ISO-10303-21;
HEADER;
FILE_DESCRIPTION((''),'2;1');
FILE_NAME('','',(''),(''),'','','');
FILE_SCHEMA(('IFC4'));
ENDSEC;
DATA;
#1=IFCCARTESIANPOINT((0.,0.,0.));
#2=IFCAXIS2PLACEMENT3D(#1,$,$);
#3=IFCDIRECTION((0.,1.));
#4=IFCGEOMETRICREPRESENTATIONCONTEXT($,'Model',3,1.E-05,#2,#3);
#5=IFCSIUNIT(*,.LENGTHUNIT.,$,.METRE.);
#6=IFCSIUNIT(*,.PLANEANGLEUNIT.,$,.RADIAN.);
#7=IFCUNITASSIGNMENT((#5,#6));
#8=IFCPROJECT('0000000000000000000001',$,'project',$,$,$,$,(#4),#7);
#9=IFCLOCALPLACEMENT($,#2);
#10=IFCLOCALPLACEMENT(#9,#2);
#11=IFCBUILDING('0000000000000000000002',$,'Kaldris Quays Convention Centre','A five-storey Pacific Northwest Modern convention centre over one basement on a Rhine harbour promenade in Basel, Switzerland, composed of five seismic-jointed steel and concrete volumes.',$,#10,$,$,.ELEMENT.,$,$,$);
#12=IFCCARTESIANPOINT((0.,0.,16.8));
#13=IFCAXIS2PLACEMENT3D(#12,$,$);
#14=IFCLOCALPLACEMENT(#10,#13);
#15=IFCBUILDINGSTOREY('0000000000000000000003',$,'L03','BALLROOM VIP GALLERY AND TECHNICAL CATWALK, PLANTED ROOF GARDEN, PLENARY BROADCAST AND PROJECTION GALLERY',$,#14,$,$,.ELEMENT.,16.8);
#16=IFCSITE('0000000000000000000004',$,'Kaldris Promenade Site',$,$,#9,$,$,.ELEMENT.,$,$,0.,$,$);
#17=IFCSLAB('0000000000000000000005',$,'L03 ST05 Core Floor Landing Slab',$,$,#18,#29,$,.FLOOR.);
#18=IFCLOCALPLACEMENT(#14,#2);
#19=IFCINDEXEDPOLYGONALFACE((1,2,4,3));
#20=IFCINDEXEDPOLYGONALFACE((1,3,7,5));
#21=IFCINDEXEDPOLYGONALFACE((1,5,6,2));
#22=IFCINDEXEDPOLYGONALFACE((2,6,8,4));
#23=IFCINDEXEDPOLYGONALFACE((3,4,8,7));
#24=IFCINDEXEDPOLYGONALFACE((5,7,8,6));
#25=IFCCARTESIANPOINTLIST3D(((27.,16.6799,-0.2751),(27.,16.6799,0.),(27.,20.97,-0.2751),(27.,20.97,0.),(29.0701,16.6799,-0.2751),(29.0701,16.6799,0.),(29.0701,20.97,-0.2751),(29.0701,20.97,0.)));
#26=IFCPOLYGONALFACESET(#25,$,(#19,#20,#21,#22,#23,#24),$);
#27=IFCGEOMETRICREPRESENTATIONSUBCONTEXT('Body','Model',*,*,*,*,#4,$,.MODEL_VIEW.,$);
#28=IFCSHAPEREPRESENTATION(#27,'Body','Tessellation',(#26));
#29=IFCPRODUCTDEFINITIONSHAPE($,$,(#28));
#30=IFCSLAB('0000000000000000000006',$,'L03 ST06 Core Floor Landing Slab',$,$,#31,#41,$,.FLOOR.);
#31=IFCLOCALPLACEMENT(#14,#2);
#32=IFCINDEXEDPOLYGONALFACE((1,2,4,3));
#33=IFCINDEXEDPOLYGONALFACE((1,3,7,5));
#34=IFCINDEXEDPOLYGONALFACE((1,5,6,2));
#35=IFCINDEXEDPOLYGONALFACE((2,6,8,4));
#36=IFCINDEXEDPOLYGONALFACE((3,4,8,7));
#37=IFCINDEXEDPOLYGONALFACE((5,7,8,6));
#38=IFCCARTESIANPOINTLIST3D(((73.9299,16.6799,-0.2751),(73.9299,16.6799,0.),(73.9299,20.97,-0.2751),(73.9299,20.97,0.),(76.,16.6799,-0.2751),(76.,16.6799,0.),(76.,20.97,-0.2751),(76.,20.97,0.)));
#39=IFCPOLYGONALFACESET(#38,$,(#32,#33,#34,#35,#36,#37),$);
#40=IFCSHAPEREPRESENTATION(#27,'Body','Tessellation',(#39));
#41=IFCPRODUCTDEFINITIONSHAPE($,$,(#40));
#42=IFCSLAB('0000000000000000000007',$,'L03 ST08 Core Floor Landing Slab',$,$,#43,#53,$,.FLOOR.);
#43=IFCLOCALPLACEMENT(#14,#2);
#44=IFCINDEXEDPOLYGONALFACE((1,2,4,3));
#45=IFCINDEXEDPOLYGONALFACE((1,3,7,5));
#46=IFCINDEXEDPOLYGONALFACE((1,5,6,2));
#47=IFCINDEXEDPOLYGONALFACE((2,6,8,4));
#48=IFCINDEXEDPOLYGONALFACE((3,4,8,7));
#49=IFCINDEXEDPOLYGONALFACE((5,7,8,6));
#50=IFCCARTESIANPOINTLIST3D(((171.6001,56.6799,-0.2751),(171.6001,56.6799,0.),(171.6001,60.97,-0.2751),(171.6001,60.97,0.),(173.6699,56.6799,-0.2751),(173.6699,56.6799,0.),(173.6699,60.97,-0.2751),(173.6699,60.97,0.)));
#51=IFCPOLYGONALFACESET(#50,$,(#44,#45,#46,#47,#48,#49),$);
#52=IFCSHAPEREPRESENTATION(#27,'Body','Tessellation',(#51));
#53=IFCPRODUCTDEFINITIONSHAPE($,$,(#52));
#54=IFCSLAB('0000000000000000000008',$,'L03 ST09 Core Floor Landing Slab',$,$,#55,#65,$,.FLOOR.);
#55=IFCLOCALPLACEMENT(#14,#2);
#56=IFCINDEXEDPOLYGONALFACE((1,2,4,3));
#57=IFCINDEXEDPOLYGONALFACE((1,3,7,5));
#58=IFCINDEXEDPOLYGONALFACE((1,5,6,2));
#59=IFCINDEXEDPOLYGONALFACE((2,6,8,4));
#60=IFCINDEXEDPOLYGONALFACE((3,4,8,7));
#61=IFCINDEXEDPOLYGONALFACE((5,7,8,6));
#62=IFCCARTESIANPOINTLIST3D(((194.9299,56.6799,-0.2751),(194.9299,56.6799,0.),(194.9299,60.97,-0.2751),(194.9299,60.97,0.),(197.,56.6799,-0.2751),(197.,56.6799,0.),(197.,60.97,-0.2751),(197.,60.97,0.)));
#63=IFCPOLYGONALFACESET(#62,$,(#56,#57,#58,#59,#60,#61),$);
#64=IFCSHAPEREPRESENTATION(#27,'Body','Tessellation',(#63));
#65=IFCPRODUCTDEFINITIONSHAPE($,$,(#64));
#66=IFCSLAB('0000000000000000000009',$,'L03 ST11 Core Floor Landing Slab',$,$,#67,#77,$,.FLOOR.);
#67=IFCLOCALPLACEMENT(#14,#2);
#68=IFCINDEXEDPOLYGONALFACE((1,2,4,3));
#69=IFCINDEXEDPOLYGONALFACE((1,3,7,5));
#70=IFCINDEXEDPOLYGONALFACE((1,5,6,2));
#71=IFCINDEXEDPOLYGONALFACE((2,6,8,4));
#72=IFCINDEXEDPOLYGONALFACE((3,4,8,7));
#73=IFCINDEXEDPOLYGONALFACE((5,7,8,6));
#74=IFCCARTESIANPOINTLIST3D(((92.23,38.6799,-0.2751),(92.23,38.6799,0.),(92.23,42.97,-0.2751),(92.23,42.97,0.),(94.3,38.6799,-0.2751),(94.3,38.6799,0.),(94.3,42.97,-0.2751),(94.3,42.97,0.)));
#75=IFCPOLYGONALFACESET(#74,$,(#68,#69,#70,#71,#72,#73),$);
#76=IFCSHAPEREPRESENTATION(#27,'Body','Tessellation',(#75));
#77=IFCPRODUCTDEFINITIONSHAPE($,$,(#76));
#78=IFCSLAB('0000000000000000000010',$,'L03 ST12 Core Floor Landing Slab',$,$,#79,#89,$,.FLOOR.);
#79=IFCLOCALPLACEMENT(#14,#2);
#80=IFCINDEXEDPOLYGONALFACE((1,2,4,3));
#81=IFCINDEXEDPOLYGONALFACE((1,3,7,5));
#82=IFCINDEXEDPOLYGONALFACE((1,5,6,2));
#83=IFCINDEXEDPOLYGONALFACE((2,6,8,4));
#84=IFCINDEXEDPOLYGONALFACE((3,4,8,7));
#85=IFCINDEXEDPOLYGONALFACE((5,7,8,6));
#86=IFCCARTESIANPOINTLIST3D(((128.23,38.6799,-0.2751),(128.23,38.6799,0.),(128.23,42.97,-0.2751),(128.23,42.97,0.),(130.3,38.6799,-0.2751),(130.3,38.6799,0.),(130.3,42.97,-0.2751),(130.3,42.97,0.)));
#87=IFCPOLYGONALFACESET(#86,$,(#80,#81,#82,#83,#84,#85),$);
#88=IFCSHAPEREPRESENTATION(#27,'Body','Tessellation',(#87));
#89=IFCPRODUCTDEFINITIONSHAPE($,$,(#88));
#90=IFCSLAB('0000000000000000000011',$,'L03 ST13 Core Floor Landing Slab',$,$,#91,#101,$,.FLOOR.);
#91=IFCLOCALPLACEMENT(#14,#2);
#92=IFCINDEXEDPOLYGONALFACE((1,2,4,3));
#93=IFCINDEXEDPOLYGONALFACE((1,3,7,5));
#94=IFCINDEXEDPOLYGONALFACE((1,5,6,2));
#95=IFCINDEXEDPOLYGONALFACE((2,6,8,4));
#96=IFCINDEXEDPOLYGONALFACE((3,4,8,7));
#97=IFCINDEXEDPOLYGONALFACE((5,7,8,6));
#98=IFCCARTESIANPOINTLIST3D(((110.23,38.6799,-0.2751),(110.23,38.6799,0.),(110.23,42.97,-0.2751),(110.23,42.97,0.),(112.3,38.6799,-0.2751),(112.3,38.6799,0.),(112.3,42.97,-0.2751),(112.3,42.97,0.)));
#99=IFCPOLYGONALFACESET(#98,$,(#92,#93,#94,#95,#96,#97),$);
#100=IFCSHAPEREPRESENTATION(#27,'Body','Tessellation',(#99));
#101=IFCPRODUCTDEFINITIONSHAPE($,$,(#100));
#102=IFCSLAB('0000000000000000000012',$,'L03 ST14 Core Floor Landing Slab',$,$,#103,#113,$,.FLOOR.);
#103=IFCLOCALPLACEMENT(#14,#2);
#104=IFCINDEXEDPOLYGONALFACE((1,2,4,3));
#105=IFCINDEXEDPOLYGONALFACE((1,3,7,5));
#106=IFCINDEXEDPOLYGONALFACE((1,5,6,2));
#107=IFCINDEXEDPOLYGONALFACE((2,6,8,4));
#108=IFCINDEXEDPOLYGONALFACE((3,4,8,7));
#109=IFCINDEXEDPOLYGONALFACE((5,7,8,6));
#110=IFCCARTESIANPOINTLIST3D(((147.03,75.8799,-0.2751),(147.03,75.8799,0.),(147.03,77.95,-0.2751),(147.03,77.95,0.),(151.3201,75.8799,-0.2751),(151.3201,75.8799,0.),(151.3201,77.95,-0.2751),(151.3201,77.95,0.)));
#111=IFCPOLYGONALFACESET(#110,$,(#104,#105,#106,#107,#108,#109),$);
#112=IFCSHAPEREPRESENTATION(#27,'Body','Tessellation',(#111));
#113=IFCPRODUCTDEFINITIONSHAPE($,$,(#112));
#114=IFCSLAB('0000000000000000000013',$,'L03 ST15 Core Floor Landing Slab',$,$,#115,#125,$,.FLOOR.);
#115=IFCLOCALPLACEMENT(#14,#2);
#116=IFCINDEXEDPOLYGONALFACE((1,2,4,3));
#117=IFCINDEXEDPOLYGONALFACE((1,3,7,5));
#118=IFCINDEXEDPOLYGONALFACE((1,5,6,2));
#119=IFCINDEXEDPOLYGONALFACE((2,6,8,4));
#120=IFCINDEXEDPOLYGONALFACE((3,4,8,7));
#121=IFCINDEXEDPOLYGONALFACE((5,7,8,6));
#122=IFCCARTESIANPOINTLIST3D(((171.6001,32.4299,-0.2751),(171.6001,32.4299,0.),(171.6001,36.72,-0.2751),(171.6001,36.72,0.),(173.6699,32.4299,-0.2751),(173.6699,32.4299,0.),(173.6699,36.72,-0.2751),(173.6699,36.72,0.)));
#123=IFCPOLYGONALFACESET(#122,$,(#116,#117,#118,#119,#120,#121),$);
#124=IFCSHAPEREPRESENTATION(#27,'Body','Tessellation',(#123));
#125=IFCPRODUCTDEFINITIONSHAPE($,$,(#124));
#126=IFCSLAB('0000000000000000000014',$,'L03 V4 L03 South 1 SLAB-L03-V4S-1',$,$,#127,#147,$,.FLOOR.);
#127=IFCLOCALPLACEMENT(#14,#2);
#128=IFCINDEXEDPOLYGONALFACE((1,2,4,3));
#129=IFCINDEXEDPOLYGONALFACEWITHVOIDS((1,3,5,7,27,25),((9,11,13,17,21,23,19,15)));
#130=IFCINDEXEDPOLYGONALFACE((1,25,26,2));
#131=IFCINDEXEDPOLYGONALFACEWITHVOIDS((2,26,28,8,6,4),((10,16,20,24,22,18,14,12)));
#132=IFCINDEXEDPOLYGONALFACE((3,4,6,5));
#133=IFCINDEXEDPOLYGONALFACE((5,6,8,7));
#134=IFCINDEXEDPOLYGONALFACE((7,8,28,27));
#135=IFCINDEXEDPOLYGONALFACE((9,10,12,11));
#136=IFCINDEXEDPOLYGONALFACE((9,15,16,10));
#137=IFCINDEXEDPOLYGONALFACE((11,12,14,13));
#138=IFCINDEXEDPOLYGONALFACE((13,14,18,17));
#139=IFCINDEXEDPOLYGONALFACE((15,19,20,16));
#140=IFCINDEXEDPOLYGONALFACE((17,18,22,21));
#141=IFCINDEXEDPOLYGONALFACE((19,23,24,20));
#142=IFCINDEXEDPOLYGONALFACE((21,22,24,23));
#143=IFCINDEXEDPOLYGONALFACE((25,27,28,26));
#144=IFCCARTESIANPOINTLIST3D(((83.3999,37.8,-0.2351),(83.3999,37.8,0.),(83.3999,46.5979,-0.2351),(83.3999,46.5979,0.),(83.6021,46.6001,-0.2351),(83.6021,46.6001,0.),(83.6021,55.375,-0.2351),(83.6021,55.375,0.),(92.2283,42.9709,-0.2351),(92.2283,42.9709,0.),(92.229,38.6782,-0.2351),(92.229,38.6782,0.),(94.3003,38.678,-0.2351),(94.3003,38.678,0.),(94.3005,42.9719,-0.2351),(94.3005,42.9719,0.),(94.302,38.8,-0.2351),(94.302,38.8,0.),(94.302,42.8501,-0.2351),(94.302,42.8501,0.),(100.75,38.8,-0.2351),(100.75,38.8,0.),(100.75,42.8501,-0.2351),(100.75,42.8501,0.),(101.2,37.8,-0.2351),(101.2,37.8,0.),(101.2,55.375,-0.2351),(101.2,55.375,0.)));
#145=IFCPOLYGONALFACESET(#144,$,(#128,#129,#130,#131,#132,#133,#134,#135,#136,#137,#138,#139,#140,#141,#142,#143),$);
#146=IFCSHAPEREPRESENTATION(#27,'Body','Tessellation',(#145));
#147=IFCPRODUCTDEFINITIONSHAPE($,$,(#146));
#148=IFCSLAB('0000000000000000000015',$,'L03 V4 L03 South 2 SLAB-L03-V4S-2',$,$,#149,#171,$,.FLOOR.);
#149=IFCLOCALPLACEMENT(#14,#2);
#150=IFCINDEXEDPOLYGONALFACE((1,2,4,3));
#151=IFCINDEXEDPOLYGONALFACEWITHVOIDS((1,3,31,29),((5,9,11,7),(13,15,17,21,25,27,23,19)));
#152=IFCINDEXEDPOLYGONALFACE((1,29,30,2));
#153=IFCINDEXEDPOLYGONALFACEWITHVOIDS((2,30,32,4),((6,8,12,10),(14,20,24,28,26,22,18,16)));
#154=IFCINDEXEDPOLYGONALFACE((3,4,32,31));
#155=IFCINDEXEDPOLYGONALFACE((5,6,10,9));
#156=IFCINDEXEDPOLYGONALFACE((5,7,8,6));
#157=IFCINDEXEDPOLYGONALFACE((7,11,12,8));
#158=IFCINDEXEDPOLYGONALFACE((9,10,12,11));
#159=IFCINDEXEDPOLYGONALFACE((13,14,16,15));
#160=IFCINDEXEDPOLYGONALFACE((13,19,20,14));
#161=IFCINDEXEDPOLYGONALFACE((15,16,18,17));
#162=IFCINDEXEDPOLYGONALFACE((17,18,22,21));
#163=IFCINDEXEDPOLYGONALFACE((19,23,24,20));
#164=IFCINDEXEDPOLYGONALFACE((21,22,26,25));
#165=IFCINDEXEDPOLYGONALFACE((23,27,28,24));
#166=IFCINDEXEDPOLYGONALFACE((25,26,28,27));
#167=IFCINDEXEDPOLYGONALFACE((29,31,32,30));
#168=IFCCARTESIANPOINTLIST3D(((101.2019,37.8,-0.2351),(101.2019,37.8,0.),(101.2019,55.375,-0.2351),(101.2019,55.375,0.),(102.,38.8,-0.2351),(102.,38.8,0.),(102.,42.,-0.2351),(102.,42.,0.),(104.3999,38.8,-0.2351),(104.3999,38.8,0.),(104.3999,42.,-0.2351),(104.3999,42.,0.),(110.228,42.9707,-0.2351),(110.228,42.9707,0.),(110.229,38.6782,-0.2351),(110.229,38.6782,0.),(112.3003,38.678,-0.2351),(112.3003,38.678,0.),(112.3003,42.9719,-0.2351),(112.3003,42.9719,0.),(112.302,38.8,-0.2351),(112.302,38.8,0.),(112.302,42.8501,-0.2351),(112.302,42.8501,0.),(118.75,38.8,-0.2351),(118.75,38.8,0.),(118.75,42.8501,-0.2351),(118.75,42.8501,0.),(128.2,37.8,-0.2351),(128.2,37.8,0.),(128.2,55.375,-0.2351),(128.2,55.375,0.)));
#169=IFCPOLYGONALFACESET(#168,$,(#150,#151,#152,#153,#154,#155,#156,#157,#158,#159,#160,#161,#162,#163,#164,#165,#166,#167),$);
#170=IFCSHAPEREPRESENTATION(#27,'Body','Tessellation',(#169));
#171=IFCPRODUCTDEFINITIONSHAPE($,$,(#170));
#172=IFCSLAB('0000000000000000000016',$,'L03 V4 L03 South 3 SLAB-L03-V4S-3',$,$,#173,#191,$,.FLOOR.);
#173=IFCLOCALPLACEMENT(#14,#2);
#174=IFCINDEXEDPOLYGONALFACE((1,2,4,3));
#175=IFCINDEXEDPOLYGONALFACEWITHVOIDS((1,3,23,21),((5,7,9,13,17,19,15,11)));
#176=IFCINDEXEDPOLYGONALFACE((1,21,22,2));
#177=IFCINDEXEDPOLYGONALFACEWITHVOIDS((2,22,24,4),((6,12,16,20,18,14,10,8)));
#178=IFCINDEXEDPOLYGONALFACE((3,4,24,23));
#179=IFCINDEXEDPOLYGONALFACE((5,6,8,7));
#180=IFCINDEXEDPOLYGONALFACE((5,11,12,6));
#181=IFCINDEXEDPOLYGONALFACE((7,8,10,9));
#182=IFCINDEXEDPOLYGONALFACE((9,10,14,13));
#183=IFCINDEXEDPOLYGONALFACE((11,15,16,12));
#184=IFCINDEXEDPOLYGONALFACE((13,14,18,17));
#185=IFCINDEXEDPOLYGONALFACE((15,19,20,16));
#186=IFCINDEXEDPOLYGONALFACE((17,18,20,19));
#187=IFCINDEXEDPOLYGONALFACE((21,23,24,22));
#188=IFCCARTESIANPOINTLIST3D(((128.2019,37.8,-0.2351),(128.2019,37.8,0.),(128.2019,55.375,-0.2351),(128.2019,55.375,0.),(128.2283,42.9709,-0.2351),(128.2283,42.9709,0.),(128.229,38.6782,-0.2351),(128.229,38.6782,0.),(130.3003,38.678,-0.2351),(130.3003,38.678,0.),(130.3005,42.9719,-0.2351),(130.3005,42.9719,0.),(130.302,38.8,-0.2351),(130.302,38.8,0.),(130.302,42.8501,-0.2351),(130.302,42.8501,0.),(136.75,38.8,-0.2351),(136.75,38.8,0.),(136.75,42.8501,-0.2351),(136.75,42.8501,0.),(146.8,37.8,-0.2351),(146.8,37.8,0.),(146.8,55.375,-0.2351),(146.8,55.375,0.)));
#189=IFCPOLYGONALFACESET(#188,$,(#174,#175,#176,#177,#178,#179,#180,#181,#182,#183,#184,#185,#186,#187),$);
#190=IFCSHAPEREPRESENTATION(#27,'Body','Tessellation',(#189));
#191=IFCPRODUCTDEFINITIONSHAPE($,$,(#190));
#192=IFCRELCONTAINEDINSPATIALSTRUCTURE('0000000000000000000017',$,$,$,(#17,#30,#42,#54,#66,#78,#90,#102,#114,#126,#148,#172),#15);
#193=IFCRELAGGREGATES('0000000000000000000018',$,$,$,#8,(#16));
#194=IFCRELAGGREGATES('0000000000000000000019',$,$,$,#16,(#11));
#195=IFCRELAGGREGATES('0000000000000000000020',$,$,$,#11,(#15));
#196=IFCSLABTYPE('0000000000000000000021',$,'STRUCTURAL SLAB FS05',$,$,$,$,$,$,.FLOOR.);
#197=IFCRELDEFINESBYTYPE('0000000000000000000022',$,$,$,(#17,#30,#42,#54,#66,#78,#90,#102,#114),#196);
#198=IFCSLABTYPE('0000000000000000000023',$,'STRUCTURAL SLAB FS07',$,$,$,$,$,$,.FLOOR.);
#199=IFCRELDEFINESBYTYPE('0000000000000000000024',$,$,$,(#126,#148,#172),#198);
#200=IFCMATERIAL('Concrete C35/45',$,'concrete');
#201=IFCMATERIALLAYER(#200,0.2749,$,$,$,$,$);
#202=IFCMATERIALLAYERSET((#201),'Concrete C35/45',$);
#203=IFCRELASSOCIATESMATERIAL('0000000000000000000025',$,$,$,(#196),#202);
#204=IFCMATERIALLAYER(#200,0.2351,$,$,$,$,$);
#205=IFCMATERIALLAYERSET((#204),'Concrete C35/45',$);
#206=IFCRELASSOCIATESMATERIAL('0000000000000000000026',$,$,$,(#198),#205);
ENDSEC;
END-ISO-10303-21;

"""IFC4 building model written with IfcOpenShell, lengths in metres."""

from ifc_helpers import new_model, si_unit, direction, frame, origin, place, context, subcontext, project, spatial, polyline, outline, extrude, material, layer, layer_set, type_object, element, save


model = new_model("IFC4")

# Units and contexts
model_context = context("Model", 3, precision=1e-05, world=origin(), true_north=direction((0.0, 1.0)))
body_context = subcontext(model_context, "Body", "Model", "MODEL_VIEW")
ifc_project = project(units=[si_unit("LENGTHUNIT", "METRE"), si_unit("PLANEANGLEUNIT", "RADIAN")], contexts=[model_context])

# Site, building, storey
site_placement = place(None, origin())
site = spatial("IfcSite", under=ifc_project, at=site_placement, Name="Kaldris Promenade Site", CompositionType="ELEMENT", RefElevation=0.0)
building_placement = place(site_placement, origin())
building = spatial("IfcBuilding", under=site, at=building_placement, Name="Kaldris Quays Convention Centre", Description="A five-storey Pacific Northwest Modern convention centre over one basement on a Rhine harbour promenade in Basel, Switzerland, composed of five seismic-jointed steel and concrete volumes.", CompositionType="ELEMENT")
storey_placement = place(building_placement, frame((0.0, 0.0, 16.8)))
storey = spatial("IfcBuildingStorey", under=building, at=storey_placement, Name="L03", Description="BALLROOM VIP GALLERY AND TECHNICAL CATWALK, PLANTED ROOF GARDEN, PLENARY BROADCAST AND PROJECTION GALLERY", CompositionType="ELEMENT", Elevation=16.8)

# Slabs
ifc_material_1 = material(Name="Concrete C35/45", Category="concrete")
ifc_layer_1 = layer(ifc_material_1, 0.2749)
ifc_layer_set_1 = layer_set([ifc_layer_1], Name="Concrete C35/45")
slab_type_1 = type_object("IfcSlabType", Name="STRUCTURAL SLAB FS05", PredefinedType="FLOOR", material=ifc_layer_set_1)
slab_1_placement = place(storey_placement, frame((0.0, 0.0, -0.2751)))
element("IfcSlab", 1, at=slab_1_placement, inside=storey, type_object=slab_type_1, Name="L03 ST05 Core Floor Landing Slab", PredefinedType="FLOOR", context=body_context, shape_type="SweptSolid", body=[
    extrude(outline(polyline([(29.0701, 20.97), (27.0, 20.97), (27.0, 16.6799), (29.0701, 16.6799), (29.0701, 20.97)])), origin(), (0.0, 0.0, 1.0), 0.2751),
])
slab_2_placement = place(storey_placement, frame((0.0, 0.0, -0.2751)))
element("IfcSlab", 2, at=slab_2_placement, inside=storey, type_object=slab_type_1, Name="L03 ST06 Core Floor Landing Slab", PredefinedType="FLOOR", context=body_context, shape_type="SweptSolid", body=[
    extrude(outline(polyline([(73.9299, 16.6799), (76.0, 16.6799), (76.0, 20.97), (73.9299, 20.97), (73.9299, 16.6799)])), origin(), (0.0, 0.0, 1.0), 0.2751),
])
slab_3_placement = place(storey_placement, frame((0.0, 0.0, -0.2751)))
element("IfcSlab", 3, at=slab_3_placement, inside=storey, type_object=slab_type_1, Name="L03 ST08 Core Floor Landing Slab", PredefinedType="FLOOR", context=body_context, shape_type="SweptSolid", body=[
    extrude(outline(polyline([(173.6699, 60.97), (171.6001, 60.97), (171.6001, 56.6799), (173.6699, 56.6799), (173.6699, 60.97)])), origin(), (0.0, 0.0, 1.0), 0.2751),
])
slab_4_placement = place(storey_placement, frame((0.0, 0.0, -0.2751)))
element("IfcSlab", 4, at=slab_4_placement, inside=storey, type_object=slab_type_1, Name="L03 ST09 Core Floor Landing Slab", PredefinedType="FLOOR", context=body_context, shape_type="SweptSolid", body=[
    extrude(outline(polyline([(194.9299, 56.6799), (197.0, 56.6799), (197.0, 60.97), (194.9299, 60.97), (194.9299, 56.6799)])), origin(), (0.0, 0.0, 1.0), 0.2751),
])
slab_5_placement = place(storey_placement, frame((0.0, 0.0, -0.2751)))
element("IfcSlab", 5, at=slab_5_placement, inside=storey, type_object=slab_type_1, Name="L03 ST11 Core Floor Landing Slab", PredefinedType="FLOOR", context=body_context, shape_type="SweptSolid", body=[
    extrude(outline(polyline([(92.23, 38.6799), (94.3, 38.6799), (94.3, 42.97), (92.23, 42.97), (92.23, 38.6799)])), origin(), (0.0, 0.0, 1.0), 0.2751),
])
slab_6_placement = place(storey_placement, frame((0.0, 0.0, -0.2751)))
element("IfcSlab", 6, at=slab_6_placement, inside=storey, type_object=slab_type_1, Name="L03 ST12 Core Floor Landing Slab", PredefinedType="FLOOR", context=body_context, shape_type="SweptSolid", body=[
    extrude(outline(polyline([(128.23, 38.6799), (130.3, 38.6799), (130.3, 42.97), (128.23, 42.97), (128.23, 38.6799)])), origin(), (0.0, 0.0, 1.0), 0.2751),
])
slab_7_placement = place(storey_placement, frame((0.0, 0.0, -0.2751)))
element("IfcSlab", 7, at=slab_7_placement, inside=storey, type_object=slab_type_1, Name="L03 ST13 Core Floor Landing Slab", PredefinedType="FLOOR", context=body_context, shape_type="SweptSolid", body=[
    extrude(outline(polyline([(110.23, 38.6799), (112.3, 38.6799), (112.3, 42.97), (110.23, 42.97), (110.23, 38.6799)])), origin(), (0.0, 0.0, 1.0), 0.2751),
])
slab_8_placement = place(storey_placement, frame((0.0, 0.0, -0.2751)))
element("IfcSlab", 8, at=slab_8_placement, inside=storey, type_object=slab_type_1, Name="L03 ST14 Core Floor Landing Slab", PredefinedType="FLOOR", context=body_context, shape_type="SweptSolid", body=[
    extrude(outline(polyline([(151.3201, 75.8799), (151.3201, 77.95), (147.03, 77.95), (147.03, 75.8799), (151.3201, 75.8799)])), origin(), (0.0, 0.0, 1.0), 0.2751),
])
slab_9_placement = place(storey_placement, frame((0.0, 0.0, -0.2751)))
element("IfcSlab", 9, at=slab_9_placement, inside=storey, type_object=slab_type_1, Name="L03 ST15 Core Floor Landing Slab", PredefinedType="FLOOR", context=body_context, shape_type="SweptSolid", body=[
    extrude(outline(polyline([(173.6699, 36.72), (171.6001, 36.72), (171.6001, 32.4299), (173.6699, 32.4299), (173.6699, 36.72)])), origin(), (0.0, 0.0, 1.0), 0.2751),
])
ifc_layer_2 = layer(ifc_material_1, 0.2351)
ifc_layer_set_2 = layer_set([ifc_layer_2], Name="Concrete C35/45")
slab_type_2 = type_object("IfcSlabType", Name="STRUCTURAL SLAB FS07", PredefinedType="FLOOR", material=ifc_layer_set_2)
slab_10_placement = place(storey_placement, frame((0.0, 0.0, -0.2351)))
element("IfcSlab", 10, at=slab_10_placement, inside=storey, type_object=slab_type_2, Name="L03 V4 L03 South 1 SLAB-L03-V4S-1", PredefinedType="FLOOR", context=body_context, shape_type="SweptSolid", body=[
    extrude(outline(polyline([(101.2, 55.375), (101.2, 37.8), (83.3999, 37.8), (83.3999, 46.5979), (83.6021, 46.6001), (83.6021, 55.375), (101.2, 55.375)]), holes=[polyline([(94.3005, 42.9719), (92.2283, 42.9709), (92.229, 38.6782), (94.3003, 38.678), (94.302, 38.8), (100.75, 38.8), (100.75, 42.8501), (94.302, 42.8501), (94.3005, 42.9719)])]), origin(), (0.0, 0.0, 1.0), 0.2351),
])
slab_11_placement = place(storey_placement, frame((0.0, 0.0, -0.2351)))
element("IfcSlab", 11, at=slab_11_placement, inside=storey, type_object=slab_type_2, Name="L03 V4 L03 South 2 SLAB-L03-V4S-2", PredefinedType="FLOOR", context=body_context, shape_type="SweptSolid", body=[
    extrude(outline(polyline([(128.2, 55.375), (128.2, 37.8), (101.2019, 37.8), (101.2019, 55.375), (128.2, 55.375)]), holes=[polyline([(104.3999, 38.8), (104.3999, 42.0), (102.0, 42.0), (102.0, 38.8), (104.3999, 38.8)]), polyline([(110.228, 42.9707), (110.229, 38.6782), (112.3003, 38.678), (112.302, 38.8), (118.75, 38.8), (118.75, 42.8501), (112.302, 42.8501), (112.3003, 42.9719), (110.228, 42.9707)])]), origin(), (0.0, 0.0, 1.0), 0.2351),
])
slab_12_placement = place(storey_placement, frame((0.0, 0.0, -0.2351)))
element("IfcSlab", 12, at=slab_12_placement, inside=storey, type_object=slab_type_2, Name="L03 V4 L03 South 3 SLAB-L03-V4S-3", PredefinedType="FLOOR", context=body_context, shape_type="SweptSolid", body=[
    extrude(outline(polyline([(146.8, 55.375), (146.8, 37.8), (128.2019, 37.8), (128.2019, 55.375), (146.8, 55.375)]), holes=[polyline([(130.3005, 42.9719), (128.2283, 42.9709), (128.229, 38.6782), (130.3003, 38.678), (130.302, 38.8), (136.75, 38.8), (136.75, 42.8501), (130.302, 42.8501), (130.3005, 42.9719)])]), origin(), (0.0, 0.0, 1.0), 0.2351),
])

save(model, "model.ifc")
